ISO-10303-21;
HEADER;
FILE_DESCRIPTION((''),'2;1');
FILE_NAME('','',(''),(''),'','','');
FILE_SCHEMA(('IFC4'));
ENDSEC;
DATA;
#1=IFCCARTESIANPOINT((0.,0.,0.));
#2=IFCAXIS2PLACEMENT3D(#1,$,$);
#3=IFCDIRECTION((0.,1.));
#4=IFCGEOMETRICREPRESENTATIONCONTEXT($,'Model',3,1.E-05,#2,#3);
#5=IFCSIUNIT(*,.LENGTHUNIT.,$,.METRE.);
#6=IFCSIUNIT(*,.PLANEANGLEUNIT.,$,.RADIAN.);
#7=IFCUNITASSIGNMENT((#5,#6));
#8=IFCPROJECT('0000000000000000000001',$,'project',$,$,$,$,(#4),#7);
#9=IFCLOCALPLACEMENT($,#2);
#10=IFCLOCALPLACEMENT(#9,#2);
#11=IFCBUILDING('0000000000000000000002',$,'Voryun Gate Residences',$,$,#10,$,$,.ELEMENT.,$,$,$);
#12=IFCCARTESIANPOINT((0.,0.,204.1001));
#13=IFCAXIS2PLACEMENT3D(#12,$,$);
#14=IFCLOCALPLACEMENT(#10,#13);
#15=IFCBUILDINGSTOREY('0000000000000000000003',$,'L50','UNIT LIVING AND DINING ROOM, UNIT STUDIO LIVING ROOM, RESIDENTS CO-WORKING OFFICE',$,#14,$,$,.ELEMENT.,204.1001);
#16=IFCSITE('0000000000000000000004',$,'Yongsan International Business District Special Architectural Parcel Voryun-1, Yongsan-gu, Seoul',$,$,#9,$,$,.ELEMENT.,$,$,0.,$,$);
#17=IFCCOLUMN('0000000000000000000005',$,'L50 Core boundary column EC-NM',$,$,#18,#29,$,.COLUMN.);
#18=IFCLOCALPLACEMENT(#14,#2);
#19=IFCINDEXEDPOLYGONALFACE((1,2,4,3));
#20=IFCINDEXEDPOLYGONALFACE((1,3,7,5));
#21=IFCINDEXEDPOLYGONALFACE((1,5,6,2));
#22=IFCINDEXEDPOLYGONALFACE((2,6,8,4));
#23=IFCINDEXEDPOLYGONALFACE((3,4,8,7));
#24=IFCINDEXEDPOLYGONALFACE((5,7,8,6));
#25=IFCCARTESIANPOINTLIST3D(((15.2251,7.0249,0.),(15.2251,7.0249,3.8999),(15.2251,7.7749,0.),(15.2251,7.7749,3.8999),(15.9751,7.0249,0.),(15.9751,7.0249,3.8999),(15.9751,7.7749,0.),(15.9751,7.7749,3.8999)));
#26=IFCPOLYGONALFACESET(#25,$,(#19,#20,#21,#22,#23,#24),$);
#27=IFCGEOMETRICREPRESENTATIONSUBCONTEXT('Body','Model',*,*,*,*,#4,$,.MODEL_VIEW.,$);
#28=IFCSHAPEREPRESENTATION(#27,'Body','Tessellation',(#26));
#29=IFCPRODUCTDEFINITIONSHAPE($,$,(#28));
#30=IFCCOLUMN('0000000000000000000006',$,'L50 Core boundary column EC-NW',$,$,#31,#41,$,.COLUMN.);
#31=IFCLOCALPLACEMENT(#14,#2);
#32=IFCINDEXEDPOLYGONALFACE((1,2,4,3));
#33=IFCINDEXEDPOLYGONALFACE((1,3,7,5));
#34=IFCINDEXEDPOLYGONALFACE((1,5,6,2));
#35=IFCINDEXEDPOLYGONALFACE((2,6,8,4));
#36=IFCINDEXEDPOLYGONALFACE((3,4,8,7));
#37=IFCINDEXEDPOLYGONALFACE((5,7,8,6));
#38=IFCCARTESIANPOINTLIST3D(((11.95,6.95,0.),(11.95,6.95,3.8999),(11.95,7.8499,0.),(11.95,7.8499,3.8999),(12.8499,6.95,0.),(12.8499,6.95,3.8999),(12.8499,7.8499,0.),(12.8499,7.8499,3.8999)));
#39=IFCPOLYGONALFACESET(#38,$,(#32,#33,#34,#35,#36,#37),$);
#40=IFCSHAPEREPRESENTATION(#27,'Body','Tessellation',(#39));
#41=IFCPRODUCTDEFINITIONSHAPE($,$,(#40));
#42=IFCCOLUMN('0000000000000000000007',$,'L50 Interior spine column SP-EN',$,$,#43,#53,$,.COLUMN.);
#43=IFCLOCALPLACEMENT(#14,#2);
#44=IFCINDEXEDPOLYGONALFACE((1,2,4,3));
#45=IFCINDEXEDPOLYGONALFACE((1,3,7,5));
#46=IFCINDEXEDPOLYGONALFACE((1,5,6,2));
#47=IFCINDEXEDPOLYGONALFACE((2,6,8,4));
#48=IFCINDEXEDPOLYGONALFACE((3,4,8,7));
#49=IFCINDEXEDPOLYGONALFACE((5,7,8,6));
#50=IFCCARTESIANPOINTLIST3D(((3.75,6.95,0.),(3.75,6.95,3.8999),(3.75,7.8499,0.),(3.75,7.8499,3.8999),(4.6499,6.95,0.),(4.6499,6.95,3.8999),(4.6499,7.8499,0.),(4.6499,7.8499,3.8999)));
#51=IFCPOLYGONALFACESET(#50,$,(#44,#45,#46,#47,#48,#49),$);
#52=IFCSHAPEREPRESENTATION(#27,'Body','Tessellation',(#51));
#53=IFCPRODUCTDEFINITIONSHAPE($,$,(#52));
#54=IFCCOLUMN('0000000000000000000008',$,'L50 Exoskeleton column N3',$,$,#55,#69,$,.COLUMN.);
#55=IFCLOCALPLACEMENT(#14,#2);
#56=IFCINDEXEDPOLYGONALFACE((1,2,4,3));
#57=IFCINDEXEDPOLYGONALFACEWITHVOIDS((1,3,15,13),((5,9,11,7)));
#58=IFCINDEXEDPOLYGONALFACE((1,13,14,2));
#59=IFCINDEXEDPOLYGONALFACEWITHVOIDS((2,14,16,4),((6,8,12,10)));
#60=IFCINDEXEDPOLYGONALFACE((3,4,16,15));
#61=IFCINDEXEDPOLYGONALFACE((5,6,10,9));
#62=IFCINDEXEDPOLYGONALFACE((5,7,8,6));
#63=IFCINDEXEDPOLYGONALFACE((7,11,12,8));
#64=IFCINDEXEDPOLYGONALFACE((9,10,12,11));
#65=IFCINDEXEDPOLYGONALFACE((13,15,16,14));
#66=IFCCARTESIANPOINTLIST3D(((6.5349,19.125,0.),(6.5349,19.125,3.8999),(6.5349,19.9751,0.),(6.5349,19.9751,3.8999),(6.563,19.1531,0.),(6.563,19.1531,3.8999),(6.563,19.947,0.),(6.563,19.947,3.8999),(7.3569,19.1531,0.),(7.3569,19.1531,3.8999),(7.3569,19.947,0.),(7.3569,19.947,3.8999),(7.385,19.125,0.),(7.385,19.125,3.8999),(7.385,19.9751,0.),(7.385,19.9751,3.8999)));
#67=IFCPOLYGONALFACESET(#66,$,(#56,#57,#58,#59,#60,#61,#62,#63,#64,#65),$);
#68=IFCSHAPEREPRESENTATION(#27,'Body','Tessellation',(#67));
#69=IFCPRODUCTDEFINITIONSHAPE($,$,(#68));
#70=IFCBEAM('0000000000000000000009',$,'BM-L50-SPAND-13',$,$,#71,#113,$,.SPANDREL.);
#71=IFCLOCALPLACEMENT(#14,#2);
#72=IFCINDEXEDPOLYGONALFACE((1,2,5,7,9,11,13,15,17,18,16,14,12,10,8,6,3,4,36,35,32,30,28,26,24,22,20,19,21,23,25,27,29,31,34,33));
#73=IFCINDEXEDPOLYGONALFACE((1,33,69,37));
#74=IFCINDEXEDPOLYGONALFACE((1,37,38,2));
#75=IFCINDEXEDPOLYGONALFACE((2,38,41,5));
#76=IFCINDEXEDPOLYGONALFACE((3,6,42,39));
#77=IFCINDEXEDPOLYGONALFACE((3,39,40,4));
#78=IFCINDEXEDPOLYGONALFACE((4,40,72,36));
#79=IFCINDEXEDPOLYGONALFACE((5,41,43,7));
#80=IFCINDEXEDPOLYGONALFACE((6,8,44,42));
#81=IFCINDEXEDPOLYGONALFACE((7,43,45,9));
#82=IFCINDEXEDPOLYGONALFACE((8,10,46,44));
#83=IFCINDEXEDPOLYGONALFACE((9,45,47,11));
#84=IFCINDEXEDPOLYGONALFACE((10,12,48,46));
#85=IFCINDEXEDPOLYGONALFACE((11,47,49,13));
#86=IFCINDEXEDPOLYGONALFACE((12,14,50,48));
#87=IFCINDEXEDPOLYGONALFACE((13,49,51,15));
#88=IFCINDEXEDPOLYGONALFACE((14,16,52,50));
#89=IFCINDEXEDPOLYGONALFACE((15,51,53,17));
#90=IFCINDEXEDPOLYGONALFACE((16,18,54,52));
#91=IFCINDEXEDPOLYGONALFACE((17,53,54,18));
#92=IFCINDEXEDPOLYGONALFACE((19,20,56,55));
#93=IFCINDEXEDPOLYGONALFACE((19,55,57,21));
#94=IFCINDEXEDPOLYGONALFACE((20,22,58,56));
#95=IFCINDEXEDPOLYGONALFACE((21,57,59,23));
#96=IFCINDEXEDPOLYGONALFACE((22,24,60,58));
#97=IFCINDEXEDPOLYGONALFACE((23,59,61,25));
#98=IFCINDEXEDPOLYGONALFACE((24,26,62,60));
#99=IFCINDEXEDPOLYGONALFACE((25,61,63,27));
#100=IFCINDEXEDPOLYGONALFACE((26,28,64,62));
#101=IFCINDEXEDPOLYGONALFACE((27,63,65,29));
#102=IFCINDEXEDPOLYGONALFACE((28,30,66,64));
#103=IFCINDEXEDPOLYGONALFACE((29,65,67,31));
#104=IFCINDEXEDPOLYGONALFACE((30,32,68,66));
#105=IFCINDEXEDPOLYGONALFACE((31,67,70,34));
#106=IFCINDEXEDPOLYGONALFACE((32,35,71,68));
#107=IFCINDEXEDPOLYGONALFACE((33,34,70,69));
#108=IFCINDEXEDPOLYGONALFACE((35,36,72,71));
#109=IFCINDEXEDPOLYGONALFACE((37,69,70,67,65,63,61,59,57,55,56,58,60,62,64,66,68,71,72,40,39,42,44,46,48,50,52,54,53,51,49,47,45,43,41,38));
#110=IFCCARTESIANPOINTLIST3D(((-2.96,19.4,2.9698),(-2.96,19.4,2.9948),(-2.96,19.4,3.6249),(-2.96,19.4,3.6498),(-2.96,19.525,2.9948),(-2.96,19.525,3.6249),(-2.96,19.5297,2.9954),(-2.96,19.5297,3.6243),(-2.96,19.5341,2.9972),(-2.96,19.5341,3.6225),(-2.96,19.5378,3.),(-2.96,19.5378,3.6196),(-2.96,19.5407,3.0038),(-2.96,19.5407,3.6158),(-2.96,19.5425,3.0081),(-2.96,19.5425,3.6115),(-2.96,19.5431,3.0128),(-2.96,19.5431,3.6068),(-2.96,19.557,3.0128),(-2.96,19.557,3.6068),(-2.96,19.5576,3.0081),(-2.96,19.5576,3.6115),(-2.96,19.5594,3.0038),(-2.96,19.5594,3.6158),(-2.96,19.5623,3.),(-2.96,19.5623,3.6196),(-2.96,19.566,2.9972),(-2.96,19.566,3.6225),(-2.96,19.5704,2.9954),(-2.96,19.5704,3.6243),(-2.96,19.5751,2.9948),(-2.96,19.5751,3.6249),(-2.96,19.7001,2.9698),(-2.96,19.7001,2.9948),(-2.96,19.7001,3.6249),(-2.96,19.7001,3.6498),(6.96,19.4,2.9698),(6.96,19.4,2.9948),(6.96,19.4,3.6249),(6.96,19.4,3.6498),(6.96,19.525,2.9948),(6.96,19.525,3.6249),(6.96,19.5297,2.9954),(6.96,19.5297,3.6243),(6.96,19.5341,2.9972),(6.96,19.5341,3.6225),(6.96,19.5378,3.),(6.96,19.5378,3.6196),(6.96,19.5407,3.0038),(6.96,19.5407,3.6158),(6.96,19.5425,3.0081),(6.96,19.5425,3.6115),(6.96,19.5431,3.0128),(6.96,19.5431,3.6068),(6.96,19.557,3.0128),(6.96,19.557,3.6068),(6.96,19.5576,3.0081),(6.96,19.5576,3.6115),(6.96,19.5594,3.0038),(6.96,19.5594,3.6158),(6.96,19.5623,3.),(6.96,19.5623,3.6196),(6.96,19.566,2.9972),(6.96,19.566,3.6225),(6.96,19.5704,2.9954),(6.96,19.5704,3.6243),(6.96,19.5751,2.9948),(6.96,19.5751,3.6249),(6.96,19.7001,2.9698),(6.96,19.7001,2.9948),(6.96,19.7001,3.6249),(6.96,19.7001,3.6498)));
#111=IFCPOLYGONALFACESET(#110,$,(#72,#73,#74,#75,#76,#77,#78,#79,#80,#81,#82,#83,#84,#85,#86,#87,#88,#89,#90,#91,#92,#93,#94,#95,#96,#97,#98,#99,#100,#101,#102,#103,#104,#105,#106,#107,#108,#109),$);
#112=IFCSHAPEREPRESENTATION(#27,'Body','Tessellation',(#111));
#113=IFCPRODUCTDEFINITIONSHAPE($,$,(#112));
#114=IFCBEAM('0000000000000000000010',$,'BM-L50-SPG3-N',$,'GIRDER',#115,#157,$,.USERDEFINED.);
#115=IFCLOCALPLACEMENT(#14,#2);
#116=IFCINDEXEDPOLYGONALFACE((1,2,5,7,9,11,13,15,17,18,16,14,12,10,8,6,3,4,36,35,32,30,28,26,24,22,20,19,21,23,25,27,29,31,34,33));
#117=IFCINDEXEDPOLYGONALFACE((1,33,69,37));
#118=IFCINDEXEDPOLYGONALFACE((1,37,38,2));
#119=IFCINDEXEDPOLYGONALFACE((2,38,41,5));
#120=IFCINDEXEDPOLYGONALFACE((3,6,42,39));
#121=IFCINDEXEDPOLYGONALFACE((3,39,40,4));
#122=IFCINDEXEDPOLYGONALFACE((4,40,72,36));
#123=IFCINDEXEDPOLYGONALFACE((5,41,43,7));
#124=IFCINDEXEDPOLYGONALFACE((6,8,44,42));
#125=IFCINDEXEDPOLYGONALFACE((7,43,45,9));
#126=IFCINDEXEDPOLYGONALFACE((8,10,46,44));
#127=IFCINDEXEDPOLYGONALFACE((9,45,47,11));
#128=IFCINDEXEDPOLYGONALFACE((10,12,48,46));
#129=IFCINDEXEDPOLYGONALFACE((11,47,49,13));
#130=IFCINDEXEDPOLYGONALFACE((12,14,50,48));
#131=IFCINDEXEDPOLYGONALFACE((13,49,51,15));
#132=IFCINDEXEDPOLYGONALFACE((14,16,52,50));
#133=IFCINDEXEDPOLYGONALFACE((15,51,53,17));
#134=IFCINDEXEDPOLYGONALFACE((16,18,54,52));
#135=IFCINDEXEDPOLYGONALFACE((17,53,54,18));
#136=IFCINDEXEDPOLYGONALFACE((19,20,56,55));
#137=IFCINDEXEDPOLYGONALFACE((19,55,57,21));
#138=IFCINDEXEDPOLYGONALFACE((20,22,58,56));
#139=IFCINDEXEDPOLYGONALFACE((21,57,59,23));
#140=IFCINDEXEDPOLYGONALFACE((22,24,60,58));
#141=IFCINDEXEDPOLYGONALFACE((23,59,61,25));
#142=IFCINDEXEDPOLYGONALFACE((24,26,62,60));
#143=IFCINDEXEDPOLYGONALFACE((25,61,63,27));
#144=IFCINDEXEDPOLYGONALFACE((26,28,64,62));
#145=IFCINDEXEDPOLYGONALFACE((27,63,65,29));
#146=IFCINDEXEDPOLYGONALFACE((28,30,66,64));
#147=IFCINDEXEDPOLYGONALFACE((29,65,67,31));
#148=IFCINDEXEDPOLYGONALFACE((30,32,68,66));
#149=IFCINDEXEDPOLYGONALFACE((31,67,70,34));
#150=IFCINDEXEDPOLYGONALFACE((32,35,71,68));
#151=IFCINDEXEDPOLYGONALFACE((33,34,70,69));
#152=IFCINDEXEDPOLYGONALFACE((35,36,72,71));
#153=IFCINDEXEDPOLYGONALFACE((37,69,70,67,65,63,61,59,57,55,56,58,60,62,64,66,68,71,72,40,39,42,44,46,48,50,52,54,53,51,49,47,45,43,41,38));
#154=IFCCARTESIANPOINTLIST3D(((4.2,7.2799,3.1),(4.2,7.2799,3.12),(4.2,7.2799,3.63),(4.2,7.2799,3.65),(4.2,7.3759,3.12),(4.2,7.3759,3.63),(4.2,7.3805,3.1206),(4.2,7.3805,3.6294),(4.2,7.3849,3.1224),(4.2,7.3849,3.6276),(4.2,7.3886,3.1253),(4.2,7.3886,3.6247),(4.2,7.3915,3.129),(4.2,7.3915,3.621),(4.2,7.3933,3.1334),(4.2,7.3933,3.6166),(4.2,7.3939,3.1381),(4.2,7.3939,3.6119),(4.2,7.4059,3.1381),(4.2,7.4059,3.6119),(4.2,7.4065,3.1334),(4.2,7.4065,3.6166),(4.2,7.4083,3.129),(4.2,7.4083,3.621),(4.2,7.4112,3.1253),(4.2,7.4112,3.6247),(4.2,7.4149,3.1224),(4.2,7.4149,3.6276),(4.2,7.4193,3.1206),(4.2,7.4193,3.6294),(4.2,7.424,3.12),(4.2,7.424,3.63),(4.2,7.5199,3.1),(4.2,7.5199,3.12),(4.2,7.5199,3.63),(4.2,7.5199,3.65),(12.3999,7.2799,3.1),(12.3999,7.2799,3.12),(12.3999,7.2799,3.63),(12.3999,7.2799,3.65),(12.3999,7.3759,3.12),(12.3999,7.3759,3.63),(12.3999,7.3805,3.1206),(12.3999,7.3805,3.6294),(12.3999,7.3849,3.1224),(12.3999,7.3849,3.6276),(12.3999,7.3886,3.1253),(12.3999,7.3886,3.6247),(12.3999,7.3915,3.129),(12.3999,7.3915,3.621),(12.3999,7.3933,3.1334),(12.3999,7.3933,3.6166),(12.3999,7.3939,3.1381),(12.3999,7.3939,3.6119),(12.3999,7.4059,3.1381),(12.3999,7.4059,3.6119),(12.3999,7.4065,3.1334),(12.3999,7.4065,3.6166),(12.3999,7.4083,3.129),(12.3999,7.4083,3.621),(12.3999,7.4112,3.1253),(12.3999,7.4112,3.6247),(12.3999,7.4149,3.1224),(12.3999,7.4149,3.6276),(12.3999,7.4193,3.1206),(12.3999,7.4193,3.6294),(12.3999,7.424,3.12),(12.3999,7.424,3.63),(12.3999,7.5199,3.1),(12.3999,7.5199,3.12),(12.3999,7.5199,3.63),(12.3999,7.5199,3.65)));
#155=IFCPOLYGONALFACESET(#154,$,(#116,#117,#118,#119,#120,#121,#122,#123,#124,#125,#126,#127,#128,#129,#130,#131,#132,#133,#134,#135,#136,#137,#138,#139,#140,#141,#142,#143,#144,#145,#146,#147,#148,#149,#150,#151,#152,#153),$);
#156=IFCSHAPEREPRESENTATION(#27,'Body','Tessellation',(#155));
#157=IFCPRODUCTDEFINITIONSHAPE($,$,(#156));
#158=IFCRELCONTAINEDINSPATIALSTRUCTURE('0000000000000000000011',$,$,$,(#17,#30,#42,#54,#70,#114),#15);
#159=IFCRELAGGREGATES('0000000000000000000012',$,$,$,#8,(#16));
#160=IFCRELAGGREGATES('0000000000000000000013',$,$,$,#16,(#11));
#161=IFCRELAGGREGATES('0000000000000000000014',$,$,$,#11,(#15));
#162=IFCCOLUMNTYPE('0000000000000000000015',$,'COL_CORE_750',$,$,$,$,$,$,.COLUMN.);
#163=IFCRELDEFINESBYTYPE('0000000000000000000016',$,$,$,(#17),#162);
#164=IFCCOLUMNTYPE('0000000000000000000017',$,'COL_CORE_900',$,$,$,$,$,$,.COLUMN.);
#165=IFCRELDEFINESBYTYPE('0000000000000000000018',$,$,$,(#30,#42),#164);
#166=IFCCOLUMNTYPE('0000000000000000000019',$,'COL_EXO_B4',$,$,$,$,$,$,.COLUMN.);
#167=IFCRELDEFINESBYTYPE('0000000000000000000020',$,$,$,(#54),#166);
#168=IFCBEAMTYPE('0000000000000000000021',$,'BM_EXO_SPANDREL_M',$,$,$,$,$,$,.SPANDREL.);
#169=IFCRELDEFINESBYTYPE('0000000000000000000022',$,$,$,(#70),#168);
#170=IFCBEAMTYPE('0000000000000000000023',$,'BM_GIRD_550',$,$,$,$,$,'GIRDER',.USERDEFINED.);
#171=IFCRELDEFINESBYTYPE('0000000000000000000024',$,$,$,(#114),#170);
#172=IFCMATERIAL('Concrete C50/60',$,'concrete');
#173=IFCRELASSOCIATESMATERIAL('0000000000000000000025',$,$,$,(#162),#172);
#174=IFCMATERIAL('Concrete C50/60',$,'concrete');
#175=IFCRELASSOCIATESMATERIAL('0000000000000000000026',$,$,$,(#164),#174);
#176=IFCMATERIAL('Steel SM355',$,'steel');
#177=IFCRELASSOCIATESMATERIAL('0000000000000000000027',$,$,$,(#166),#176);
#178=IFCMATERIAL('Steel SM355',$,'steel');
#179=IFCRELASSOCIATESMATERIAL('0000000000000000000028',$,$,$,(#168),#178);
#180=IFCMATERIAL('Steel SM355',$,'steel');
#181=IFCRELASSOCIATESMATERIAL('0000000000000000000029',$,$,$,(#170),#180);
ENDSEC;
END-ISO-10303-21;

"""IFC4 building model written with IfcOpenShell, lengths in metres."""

from ifc_helpers import new_model, si_unit, direction, frame, origin, origin_2d, place, context, subcontext, project, spatial, rectangle, hollow_rectangle, i_section, extrude, material, material_profile, profile_set, type_object, element, save


model = new_model("IFC4")

# Units and contexts
model_context = context("Model", 3, precision=1e-05, world=origin(), true_north=direction((0.0, 1.0)))
body_context = subcontext(model_context, "Body", "Model", "MODEL_VIEW")
ifc_project = project(units=[si_unit("LENGTHUNIT", "METRE"), si_unit("PLANEANGLEUNIT", "RADIAN")], contexts=[model_context])

# Site, building, storey
site_placement = place(None, origin())
site = spatial("IfcSite", under=ifc_project, at=site_placement, Name="Yongsan International Business District Special Architectural Parcel Voryun-1, Yongsan-gu, Seoul", CompositionType="ELEMENT", RefElevation=0.0)
building_placement = place(site_placement, origin())
building = spatial("IfcBuilding", under=site, at=building_placement, Name="Voryun Gate Residences", CompositionType="ELEMENT")
storey_placement = place(building_placement, frame((0.0, 0.0, 204.1001)))
storey = spatial("IfcBuildingStorey", under=building, at=storey_placement, Name="L50", Description="UNIT LIVING AND DINING ROOM, UNIT STUDIO LIVING ROOM, RESIDENTS CO-WORKING OFFICE", CompositionType="ELEMENT", Elevation=204.1001)

# Columns
ifc_material_1 = material(Name="Concrete C50/60", Category="concrete")
ifc_material_profile_1 = material_profile(ifc_material_1, rectangle(XDim=0.75, YDim=0.75, at=origin_2d()), Name="RC-750x750")
ifc_profile_set_1 = profile_set([ifc_material_profile_1], Name="Concrete C50/60")
column_type_1 = type_object("IfcColumnType", Name="COL_CORE_750", PredefinedType="COLUMN", material=ifc_profile_set_1)
column_1_placement = place(storey_placement, frame((15.6001, 7.3999, 0.0), z_axis=(0.0, 0.0, 1.0), x_axis=(1.0, 0.0, 0.0)))
element("IfcColumn", 1, at=column_1_placement, inside=storey, type_object=column_type_1, Name="L50 Core boundary column EC-NM", PredefinedType="COLUMN", context=body_context, shape_type="SweptSolid", body=[
    extrude(rectangle(XDim=0.75, YDim=0.75, at=origin_2d()), origin(), (0.0, 0.0, 1.0), 3.8999),
])
ifc_material_2 = material(Name="Concrete C50/60", Category="concrete")
ifc_material_profile_2 = material_profile(ifc_material_2, rectangle(XDim=0.8999, YDim=0.8999, at=origin_2d()), Name="RC-900x900")
ifc_profile_set_2 = profile_set([ifc_material_profile_2], Name="Concrete C50/60")
column_type_2 = type_object("IfcColumnType", Name="COL_CORE_900", PredefinedType="COLUMN", material=ifc_profile_set_2)
for number, where, z_axis, x_axis, name in (
    (2, (12.3999, 7.3999, 0.0), (0.0, 0.0, 1.0), (1.0, 0.0, 0.0), "L50 Core boundary column EC-NW"),
    (3, (4.2, 7.3999, 0.0), (0.0, 0.0, 1.0), (1.0, 0.0, 0.0), "L50 Interior spine column SP-EN"),
):
    element("IfcColumn", number, at=place(storey_placement, frame(where, z_axis=z_axis, x_axis=x_axis)), inside=storey, type_object=column_type_2, Name=name, PredefinedType="COLUMN", context=body_context, shape_type="SweptSolid", body=[
        extrude(rectangle(XDim=0.8999, YDim=0.8999, at=origin_2d()), origin(), (0.0, 0.0, 1.0), 3.8999),
    ])
ifc_material_3 = material(Name="Steel SM355", Category="steel")
ifc_material_profile_3 = material_profile(ifc_material_3, hollow_rectangle(XDim=0.8501, YDim=0.8501, WallThickness=0.0281, at=origin_2d()), Name="BOX-850x850x28")
ifc_profile_set_3 = profile_set([ifc_material_profile_3], Name="Steel SM355")
column_type_3 = type_object("IfcColumnType", Name="COL_EXO_B4", PredefinedType="COLUMN", material=ifc_profile_set_3)
column_2_placement = place(storey_placement, frame((6.96, 19.55, 0.0), z_axis=(0.0, 0.0, 1.0), x_axis=(1.0, 0.0, 0.0)))
element("IfcColumn", 4, at=column_2_placement, inside=storey, type_object=column_type_3, Name="L50 Exoskeleton column N3", PredefinedType="COLUMN", context=body_context, shape_type="SweptSolid", body=[
    extrude(hollow_rectangle(XDim=0.8501, YDim=0.8501, WallThickness=0.0281, at=origin_2d()), origin(), (0.0, 0.0, 1.0), 3.8999),
])

# Beams
ifc_material_4 = material(Name="Steel SM355", Category="steel")
ifc_material_profile_4 = material_profile(ifc_material_4, i_section(OverallWidth=0.3, OverallDepth=0.6799, WebThickness=0.0139, FlangeThickness=0.0249, FilletRadius=0.0181, at=origin_2d()), Name="H-680x300x14x25")
ifc_profile_set_4 = profile_set([ifc_material_profile_4], Name="Steel SM355")
beam_type_1 = type_object("IfcBeamType", Name="BM_EXO_SPANDREL_M", PredefinedType="SPANDREL", material=ifc_profile_set_4)
beam_1_placement = place(storey_placement, frame((6.96, 19.55, 3.3098), z_axis=(-1.0, 0.0, 0.0), x_axis=(0.0, -1.0, 0.0)))
element("IfcBeam", 5, at=beam_1_placement, inside=storey, type_object=beam_type_1, Name="BM-L50-SPAND-13", PredefinedType="SPANDREL", context=body_context, shape_type="SweptSolid", body=[
    extrude(i_section(OverallWidth=0.3, OverallDepth=0.6799, WebThickness=0.0139, FlangeThickness=0.0249, FilletRadius=0.0181, at=origin_2d()), origin(), (0.0, 0.0, 1.0), 9.9199),
])
ifc_material_5 = material(Name="Steel SM355", Category="steel")
ifc_material_profile_5 = material_profile(ifc_material_5, i_section(OverallWidth=0.24, OverallDepth=0.55, WebThickness=0.012, FlangeThickness=0.02, FilletRadius=0.0181, at=origin_2d()), Name="H-550x240x12x20")
ifc_profile_set_5 = profile_set([ifc_material_profile_5], Name="Steel SM355")
beam_type_2 = type_object("IfcBeamType", Name="BM_GIRD_550", ElementType="GIRDER", PredefinedType="USERDEFINED", material=ifc_profile_set_5)
beam_2_placement = place(storey_placement, frame((4.2, 7.3999, 3.375), z_axis=(1.0, 0.0, 0.0), x_axis=(0.0, 1.0, 0.0)))
element("IfcBeam", 6, at=beam_2_placement, inside=storey, type_object=beam_type_2, Name="BM-L50-SPG3-N", ObjectType="GIRDER", PredefinedType="USERDEFINED", context=body_context, shape_type="SweptSolid", body=[
    extrude(i_section(OverallWidth=0.24, OverallDepth=0.55, WebThickness=0.012, FlangeThickness=0.02, FilletRadius=0.0181, at=origin_2d()), origin(), (0.0, 0.0, 1.0), 8.2),
])

save(model, "model.ifc")
